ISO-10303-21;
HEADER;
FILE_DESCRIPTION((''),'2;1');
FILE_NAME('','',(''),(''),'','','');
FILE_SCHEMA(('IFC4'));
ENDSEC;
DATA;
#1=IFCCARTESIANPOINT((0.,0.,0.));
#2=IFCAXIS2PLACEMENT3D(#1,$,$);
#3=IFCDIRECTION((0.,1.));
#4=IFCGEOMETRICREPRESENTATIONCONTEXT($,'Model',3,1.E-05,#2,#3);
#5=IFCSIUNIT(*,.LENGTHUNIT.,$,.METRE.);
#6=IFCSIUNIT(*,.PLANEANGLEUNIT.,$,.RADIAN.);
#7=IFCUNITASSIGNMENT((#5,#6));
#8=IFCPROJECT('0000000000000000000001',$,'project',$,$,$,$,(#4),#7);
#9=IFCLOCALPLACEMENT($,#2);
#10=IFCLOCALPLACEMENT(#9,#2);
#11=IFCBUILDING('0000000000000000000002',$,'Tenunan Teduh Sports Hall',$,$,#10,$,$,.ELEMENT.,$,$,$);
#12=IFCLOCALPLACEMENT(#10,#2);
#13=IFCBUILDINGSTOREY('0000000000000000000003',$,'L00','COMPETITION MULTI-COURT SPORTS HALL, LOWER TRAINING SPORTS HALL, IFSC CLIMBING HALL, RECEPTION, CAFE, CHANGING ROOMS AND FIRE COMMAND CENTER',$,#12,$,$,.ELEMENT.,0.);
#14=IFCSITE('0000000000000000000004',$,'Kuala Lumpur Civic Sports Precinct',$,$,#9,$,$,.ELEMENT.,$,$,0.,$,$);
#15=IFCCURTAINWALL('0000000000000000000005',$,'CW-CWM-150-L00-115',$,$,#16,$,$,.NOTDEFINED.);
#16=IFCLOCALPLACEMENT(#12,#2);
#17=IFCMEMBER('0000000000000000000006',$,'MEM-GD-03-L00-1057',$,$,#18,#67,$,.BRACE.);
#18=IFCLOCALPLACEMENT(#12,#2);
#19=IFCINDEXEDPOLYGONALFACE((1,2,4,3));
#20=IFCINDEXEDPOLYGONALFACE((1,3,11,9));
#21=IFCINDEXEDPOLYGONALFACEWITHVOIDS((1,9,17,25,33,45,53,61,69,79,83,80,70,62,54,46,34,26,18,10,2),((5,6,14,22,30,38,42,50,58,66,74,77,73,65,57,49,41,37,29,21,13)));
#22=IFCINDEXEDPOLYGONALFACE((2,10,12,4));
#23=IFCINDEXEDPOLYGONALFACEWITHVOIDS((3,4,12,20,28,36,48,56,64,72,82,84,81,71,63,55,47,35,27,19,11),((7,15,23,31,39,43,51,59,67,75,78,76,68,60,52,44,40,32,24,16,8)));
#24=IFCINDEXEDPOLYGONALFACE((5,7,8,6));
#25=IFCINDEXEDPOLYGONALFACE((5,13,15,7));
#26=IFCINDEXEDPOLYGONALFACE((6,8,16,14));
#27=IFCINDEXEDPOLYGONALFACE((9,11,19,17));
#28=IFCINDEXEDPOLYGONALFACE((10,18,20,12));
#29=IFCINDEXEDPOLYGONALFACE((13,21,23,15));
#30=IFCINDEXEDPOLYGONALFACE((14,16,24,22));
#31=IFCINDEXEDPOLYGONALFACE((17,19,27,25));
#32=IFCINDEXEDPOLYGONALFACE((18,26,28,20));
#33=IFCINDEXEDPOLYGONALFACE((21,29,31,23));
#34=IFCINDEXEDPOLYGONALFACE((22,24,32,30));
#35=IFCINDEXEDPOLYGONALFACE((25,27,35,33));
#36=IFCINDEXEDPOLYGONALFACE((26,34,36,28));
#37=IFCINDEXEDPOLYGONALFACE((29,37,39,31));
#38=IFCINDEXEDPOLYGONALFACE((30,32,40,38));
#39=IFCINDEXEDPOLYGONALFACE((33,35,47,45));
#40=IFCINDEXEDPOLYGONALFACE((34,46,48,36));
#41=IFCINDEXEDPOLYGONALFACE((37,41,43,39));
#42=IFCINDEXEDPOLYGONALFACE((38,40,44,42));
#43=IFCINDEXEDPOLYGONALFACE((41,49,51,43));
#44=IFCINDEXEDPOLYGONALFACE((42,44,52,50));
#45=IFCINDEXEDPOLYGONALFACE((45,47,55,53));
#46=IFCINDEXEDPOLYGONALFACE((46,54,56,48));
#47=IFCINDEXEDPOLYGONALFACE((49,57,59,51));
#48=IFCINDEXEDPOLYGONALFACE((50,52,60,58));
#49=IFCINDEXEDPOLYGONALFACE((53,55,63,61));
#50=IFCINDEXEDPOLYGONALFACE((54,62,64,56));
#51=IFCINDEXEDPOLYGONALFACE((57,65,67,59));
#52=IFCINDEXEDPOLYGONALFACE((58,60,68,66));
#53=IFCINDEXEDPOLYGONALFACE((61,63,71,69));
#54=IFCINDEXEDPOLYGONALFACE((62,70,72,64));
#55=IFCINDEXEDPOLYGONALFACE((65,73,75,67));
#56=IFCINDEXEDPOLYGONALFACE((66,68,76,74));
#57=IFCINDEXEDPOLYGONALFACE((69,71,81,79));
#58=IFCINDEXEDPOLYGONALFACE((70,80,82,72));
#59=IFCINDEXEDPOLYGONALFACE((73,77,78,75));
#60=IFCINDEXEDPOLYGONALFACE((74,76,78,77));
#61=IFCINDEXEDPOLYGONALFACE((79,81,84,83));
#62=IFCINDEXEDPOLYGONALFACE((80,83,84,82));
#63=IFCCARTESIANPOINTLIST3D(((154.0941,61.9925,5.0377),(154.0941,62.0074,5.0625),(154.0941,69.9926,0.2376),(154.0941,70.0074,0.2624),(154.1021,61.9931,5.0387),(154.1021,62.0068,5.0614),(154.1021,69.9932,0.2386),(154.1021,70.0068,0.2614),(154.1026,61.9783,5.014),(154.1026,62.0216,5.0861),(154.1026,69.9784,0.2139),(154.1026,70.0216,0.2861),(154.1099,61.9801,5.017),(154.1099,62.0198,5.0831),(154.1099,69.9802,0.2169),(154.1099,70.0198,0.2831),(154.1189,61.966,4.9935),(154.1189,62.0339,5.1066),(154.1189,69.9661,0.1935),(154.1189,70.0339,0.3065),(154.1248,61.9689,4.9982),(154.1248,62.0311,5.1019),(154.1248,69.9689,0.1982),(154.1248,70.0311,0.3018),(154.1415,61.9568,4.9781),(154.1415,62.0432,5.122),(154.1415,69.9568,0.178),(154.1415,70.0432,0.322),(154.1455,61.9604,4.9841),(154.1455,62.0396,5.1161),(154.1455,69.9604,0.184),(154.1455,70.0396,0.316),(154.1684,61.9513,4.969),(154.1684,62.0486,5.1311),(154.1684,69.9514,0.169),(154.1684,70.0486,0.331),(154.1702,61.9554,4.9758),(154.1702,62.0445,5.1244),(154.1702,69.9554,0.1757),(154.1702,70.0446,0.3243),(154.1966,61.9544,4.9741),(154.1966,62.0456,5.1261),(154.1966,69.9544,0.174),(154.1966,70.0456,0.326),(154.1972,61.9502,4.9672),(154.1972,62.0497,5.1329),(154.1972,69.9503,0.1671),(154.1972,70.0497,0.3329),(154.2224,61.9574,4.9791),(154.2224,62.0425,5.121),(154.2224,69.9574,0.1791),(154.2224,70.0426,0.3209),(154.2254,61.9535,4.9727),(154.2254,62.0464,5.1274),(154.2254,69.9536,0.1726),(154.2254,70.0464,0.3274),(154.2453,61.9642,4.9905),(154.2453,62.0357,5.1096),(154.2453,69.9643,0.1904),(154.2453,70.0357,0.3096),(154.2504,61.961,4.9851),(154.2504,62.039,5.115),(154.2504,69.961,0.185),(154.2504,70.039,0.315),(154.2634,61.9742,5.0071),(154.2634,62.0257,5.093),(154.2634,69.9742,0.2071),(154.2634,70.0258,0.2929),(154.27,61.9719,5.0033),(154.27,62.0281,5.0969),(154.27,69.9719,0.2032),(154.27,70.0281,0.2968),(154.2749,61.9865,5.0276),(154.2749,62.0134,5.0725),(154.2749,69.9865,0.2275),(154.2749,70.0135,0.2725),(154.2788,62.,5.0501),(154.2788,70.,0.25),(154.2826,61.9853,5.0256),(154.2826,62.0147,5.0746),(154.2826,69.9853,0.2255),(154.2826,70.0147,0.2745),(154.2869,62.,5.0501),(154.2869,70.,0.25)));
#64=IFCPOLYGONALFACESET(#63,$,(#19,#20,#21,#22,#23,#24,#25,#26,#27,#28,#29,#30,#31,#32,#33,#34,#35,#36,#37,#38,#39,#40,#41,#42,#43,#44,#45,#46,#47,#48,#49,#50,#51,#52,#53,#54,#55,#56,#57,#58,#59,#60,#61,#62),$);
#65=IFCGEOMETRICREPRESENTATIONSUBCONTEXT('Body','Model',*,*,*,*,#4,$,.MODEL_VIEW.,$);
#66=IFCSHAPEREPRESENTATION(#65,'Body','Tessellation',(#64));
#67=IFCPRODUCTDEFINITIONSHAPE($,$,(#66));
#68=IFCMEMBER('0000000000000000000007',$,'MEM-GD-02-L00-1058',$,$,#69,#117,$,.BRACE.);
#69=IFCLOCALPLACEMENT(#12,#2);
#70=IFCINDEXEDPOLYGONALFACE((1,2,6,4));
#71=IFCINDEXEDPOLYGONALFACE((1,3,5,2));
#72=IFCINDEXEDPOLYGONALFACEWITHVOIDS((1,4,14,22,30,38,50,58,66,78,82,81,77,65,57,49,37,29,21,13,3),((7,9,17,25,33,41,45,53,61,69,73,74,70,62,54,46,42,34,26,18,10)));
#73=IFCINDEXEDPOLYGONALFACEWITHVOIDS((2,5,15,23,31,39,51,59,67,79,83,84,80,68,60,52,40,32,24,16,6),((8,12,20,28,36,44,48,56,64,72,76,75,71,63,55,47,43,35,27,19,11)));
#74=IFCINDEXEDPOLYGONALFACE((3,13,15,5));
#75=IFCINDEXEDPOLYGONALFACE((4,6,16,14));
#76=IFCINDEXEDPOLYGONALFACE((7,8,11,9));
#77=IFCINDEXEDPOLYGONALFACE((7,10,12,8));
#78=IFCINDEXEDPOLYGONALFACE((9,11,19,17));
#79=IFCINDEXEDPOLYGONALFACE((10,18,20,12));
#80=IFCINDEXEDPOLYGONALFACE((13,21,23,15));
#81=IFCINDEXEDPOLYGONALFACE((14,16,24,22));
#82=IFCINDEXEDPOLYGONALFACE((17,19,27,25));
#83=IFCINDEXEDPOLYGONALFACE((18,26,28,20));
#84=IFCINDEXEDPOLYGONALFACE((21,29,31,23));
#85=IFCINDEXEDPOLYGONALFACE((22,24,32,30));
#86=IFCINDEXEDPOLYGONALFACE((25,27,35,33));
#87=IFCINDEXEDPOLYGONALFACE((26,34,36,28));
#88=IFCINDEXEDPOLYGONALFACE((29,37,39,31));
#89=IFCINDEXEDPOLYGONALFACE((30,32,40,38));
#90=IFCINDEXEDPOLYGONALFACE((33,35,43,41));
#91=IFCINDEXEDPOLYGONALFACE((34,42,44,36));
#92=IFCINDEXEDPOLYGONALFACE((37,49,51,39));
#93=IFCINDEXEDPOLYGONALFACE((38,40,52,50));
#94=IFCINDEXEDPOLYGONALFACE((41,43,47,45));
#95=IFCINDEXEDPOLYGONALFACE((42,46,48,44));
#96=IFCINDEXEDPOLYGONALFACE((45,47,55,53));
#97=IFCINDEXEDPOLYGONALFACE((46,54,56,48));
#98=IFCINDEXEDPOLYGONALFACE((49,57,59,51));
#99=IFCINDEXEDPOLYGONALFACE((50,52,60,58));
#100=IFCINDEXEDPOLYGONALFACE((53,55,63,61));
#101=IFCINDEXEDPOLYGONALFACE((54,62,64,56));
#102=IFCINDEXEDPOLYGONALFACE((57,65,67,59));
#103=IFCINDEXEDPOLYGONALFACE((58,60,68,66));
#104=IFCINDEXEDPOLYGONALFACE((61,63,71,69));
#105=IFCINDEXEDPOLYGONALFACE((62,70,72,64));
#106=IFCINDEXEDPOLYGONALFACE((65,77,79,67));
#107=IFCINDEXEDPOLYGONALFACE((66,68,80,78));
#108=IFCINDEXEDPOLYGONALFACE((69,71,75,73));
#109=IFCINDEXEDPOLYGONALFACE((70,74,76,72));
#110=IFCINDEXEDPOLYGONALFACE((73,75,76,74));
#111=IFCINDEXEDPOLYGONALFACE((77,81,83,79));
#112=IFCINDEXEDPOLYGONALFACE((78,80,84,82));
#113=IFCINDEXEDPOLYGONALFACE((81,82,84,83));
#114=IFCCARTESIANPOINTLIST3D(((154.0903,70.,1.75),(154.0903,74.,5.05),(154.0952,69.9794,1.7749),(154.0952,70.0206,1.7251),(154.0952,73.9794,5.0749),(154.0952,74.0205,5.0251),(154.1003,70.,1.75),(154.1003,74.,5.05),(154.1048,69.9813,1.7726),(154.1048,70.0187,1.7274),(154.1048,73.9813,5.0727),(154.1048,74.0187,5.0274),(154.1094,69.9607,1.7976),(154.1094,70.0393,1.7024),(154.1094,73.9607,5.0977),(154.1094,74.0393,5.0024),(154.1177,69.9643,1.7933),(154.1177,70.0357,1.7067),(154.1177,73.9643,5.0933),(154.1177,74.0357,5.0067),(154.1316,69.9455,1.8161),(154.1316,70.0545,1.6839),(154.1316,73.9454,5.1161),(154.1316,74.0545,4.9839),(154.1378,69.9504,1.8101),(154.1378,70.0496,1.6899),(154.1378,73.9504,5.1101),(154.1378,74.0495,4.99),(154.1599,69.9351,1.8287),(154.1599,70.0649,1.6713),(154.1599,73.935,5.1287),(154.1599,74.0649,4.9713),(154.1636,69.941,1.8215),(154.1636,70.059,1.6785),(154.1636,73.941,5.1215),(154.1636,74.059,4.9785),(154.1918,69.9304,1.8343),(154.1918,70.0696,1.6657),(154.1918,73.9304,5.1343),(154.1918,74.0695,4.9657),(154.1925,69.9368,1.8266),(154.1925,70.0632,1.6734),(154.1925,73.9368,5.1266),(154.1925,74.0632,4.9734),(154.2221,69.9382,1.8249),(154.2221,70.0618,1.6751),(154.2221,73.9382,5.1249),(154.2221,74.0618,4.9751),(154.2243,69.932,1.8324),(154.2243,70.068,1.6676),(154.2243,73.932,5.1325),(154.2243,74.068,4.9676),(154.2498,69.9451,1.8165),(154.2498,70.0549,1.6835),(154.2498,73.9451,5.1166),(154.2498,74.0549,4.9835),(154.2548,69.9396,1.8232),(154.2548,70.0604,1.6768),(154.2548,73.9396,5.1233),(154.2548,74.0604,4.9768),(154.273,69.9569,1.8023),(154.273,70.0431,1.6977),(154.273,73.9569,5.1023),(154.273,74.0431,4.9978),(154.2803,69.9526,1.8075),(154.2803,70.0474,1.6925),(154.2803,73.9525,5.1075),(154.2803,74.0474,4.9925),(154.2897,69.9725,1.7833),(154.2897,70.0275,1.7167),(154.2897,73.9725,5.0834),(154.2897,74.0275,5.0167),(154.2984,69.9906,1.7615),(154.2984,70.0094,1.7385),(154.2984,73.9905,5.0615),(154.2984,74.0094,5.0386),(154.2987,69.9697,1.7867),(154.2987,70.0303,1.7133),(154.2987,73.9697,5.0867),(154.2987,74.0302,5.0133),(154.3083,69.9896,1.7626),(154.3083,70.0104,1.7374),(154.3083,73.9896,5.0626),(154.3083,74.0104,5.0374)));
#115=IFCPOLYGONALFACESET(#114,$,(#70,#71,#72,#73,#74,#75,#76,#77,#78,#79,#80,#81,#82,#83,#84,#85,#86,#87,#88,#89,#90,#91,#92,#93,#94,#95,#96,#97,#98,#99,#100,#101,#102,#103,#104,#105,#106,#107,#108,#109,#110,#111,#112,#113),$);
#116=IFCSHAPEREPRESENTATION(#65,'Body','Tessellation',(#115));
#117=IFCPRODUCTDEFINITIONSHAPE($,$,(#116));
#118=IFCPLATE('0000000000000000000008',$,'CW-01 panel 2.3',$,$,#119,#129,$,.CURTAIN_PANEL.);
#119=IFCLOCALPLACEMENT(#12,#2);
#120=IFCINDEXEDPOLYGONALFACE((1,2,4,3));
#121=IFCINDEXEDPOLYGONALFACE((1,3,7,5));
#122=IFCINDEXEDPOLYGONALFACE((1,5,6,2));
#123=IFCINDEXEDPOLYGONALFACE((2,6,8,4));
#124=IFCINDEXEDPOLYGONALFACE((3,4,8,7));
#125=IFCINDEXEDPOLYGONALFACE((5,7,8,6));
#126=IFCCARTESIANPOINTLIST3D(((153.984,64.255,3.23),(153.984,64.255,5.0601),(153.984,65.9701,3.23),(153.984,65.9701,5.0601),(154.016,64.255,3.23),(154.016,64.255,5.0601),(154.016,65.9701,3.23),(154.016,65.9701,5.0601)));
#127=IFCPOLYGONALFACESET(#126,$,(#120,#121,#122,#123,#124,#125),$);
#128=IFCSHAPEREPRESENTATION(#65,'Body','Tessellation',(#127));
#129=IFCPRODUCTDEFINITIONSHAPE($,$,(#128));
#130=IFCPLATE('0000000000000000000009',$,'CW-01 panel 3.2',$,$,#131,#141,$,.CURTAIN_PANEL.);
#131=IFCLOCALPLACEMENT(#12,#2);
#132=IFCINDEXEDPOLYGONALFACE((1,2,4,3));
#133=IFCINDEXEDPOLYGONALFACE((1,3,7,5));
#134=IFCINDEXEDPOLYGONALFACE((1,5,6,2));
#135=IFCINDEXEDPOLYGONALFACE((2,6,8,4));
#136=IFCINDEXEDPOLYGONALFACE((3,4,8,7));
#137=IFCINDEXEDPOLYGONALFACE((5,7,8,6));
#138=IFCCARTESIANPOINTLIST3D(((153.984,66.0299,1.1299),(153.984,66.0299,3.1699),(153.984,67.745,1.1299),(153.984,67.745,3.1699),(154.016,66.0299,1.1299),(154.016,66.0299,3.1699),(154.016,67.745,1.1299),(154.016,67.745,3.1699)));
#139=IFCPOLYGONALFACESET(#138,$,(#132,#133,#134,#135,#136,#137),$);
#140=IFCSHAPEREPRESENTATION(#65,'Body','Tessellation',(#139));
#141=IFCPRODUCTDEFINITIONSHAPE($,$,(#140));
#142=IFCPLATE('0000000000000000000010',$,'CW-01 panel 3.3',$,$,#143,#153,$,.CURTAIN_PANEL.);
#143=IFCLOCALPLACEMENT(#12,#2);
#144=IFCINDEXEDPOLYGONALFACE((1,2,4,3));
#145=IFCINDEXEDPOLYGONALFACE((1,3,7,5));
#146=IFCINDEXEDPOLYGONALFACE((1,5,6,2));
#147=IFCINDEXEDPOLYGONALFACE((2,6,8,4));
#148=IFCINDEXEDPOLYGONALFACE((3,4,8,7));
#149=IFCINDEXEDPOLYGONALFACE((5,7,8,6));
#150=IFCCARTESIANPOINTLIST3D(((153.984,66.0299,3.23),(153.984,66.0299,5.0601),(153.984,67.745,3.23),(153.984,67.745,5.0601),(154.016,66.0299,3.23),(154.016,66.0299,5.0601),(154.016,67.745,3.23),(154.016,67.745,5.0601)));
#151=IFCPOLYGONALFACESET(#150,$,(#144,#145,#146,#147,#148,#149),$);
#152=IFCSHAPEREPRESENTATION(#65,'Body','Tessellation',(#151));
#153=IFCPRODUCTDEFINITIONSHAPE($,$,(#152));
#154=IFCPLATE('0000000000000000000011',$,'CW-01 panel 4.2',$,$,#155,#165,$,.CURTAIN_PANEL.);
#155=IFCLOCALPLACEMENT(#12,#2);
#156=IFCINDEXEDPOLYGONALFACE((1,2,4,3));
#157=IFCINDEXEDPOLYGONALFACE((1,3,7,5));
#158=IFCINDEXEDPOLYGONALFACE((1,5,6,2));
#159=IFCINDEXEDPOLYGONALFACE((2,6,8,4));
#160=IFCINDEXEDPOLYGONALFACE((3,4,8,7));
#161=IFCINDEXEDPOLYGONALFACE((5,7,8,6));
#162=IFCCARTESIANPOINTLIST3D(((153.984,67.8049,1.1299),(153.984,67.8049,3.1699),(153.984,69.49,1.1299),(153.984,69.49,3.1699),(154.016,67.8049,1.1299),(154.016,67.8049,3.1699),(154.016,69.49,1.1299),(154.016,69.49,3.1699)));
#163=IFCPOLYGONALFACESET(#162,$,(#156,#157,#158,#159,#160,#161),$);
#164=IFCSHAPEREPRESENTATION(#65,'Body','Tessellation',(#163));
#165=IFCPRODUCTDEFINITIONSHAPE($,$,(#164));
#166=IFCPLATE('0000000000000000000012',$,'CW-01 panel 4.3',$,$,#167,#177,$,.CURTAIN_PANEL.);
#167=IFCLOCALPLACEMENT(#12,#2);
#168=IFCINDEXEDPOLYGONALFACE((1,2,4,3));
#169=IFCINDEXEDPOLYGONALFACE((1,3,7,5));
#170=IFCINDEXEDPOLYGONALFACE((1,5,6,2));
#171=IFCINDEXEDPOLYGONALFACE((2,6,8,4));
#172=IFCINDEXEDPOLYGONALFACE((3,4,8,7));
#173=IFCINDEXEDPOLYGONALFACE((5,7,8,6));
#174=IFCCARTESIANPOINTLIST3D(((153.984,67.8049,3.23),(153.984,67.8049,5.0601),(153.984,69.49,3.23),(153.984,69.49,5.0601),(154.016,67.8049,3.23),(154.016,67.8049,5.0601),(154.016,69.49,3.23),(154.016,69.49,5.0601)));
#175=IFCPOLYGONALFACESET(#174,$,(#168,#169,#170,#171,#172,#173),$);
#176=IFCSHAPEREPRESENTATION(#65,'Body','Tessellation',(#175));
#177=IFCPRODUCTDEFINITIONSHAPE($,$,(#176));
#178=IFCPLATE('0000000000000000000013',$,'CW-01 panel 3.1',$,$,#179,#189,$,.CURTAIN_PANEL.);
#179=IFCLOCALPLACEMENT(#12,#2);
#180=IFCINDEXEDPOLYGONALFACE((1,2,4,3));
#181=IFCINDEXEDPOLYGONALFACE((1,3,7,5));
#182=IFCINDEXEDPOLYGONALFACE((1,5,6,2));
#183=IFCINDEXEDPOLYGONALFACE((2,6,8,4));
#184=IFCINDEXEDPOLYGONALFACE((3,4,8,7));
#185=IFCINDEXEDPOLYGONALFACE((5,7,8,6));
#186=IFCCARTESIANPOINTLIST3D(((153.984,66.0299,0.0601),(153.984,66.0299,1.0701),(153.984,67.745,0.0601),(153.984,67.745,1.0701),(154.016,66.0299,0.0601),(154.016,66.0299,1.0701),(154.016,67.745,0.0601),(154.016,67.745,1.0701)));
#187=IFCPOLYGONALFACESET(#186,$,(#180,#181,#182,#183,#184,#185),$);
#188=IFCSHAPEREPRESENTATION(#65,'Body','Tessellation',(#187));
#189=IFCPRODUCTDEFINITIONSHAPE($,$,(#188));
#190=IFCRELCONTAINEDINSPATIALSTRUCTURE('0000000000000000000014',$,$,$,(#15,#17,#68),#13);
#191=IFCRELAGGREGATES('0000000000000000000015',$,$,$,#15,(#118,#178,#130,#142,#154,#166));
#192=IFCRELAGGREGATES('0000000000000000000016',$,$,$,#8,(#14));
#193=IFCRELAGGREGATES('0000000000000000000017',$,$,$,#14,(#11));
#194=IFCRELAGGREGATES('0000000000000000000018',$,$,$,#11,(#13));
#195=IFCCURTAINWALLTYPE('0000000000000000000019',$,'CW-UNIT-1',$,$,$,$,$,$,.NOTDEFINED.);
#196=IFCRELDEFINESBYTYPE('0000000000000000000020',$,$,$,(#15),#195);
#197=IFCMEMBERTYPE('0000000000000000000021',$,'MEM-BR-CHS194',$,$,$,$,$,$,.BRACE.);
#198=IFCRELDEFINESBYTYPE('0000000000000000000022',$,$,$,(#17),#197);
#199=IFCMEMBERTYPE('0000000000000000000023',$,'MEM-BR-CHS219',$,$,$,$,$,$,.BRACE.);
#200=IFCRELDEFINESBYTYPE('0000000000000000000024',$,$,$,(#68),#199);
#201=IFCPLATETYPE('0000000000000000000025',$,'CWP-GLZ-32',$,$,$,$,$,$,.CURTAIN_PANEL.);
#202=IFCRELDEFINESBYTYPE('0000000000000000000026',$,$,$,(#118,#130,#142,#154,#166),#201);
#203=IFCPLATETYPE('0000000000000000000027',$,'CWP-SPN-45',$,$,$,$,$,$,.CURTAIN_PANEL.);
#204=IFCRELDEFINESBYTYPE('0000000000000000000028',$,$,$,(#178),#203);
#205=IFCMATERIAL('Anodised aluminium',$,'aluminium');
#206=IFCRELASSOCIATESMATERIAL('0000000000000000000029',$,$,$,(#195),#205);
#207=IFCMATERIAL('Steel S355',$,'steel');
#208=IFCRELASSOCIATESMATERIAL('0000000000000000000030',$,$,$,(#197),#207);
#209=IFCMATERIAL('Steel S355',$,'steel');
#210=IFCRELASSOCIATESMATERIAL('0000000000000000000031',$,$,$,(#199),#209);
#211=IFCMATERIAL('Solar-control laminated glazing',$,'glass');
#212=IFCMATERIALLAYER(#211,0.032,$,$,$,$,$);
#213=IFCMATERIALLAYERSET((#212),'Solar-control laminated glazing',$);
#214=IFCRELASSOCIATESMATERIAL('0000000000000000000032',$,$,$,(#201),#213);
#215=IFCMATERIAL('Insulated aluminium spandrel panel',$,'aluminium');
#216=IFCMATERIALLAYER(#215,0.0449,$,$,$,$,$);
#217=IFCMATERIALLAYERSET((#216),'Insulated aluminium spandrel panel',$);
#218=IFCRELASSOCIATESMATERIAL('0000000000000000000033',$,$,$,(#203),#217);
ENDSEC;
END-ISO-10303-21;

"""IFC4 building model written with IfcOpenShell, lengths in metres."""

from ifc_helpers import new_model, si_unit, direction, frame, origin, origin_2d, place, context, subcontext, project, spatial, rectangle, hollow_circle, extrude, material, layer, layer_set, material_profile, profile_set, type_object, element, aggregate, save


model = new_model("IFC4")

# Units and contexts
model_context = context("Model", 3, precision=1e-05, world=origin(), true_north=direction((0.0, 1.0)))
body_context = subcontext(model_context, "Body", "Model", "MODEL_VIEW")
ifc_project = project(units=[si_unit("LENGTHUNIT", "METRE"), si_unit("PLANEANGLEUNIT", "RADIAN")], contexts=[model_context])

# Site, building, storey
site_placement = place(None, origin())
site = spatial("IfcSite", under=ifc_project, at=site_placement, Name="Kuala Lumpur Civic Sports Precinct", CompositionType="ELEMENT", RefElevation=0.0)
building_placement = place(site_placement, origin())
building = spatial("IfcBuilding", under=site, at=building_placement, Name="Tenunan Teduh Sports Hall", CompositionType="ELEMENT")
storey_placement = place(building_placement, origin())
storey = spatial("IfcBuildingStorey", under=building, at=storey_placement, Name="L00", Description="COMPETITION MULTI-COURT SPORTS HALL, LOWER TRAINING SPORTS HALL, IFSC CLIMBING HALL, RECEPTION, CAFE, CHANGING ROOMS AND FIRE COMMAND CENTER", CompositionType="ELEMENT", Elevation=0.0)

# Curtain wall
ifc_material_1 = material(Name="Anodised aluminium", Category="aluminium")
curtain_wall_type = type_object("IfcCurtainWallType", Name="CW-UNIT-1", PredefinedType="NOTDEFINED", material=ifc_material_1)
curtain_wall_placement = place(storey_placement, origin())
curtain_wall = element("IfcCurtainWall", 1, at=curtain_wall_placement, inside=storey, type_object=curtain_wall_type, Name="CW-CWM-150-L00-115", PredefinedType="NOTDEFINED")

# Members
ifc_material_2 = material(Name="Steel S355", Category="steel")
ifc_material_profile_1 = material_profile(ifc_material_2, hollow_circle(Radius=0.0969, WallThickness=0.0081, at=origin_2d()), Name="CHS 193.7x8.0")
ifc_profile_set_1 = profile_set([ifc_material_profile_1], Name="Steel S355")
member_type_1 = type_object("IfcMemberType", Name="MEM-BR-CHS194", PredefinedType="BRACE", material=ifc_profile_set_1)
member_1_placement = place(storey_placement, frame((154.1899, 70.0, 0.25), z_axis=(0.0, -0.857491, 0.5145), x_axis=(1.0, 0.0, 0.0)))
element("IfcMember", 2, at=member_1_placement, inside=storey, type_object=member_type_1, Name="MEM-GD-03-L00-1057", PredefinedType="BRACE", context=body_context, shape_type="SweptSolid", body=[
    extrude(hollow_circle(Radius=0.0969, WallThickness=0.0081, at=origin_2d()), origin(), (0.0, 0.0, 1.0), 9.3296),
])
ifc_material_3 = material(Name="Steel S355", Category="steel")
ifc_material_profile_2 = material_profile(ifc_material_3, hollow_circle(Radius=0.1096, WallThickness=0.01, at=origin_2d()), Name="CHS 219.1x10.0")
ifc_profile_set_2 = profile_set([ifc_material_profile_2], Name="Steel S355")
member_type_2 = type_object("IfcMemberType", Name="MEM-BR-CHS219", PredefinedType="BRACE", material=ifc_profile_set_2)
member_2_placement = place(storey_placement, frame((154.2, 70.0, 1.75), z_axis=(0.0, 0.771369, 0.636389), x_axis=(-1.0, 0.0, 0.0)))
element("IfcMember", 3, at=member_2_placement, inside=storey, type_object=member_type_2, Name="MEM-GD-02-L00-1058", PredefinedType="BRACE", context=body_context, shape_type="SweptSolid", body=[
    extrude(hollow_circle(Radius=0.1096, WallThickness=0.01, at=origin_2d()), origin(), (0.0, 0.0, 1.0), 5.1855),
])

# Plates
ifc_material_4 = material(Name="Solar-control laminated glazing", Category="glass")
ifc_layer_1 = layer(ifc_material_4, 0.032)
ifc_layer_set_1 = layer_set([ifc_layer_1], Name="Solar-control laminated glazing")
plate_type_1 = type_object("IfcPlateType", Name="CWP-GLZ-32", PredefinedType="CURTAIN_PANEL", material=ifc_layer_set_1)
plate_1_placement = place(storey_placement, frame((154.0, 65.1125, 3.23), z_axis=(0.0, 0.0, 1.0), x_axis=(0.0, 1.0, 0.0)))
plate_1 = element("IfcPlate", 4, at=plate_1_placement, type_object=plate_type_1, Name="CW-01 panel 2.3", PredefinedType="CURTAIN_PANEL", context=body_context, shape_type="SweptSolid", body=[
    extrude(rectangle(XDim=1.7151, YDim=0.032, at=origin_2d()), origin(), (0.0, 0.0, 1.0), 1.8301),
])
plate_2_placement = place(storey_placement, frame((154.0, 66.8875, 1.1299), z_axis=(0.0, 0.0, 1.0), x_axis=(0.0, 1.0, 0.0)))
plate_2 = element("IfcPlate", 5, at=plate_2_placement, type_object=plate_type_1, Name="CW-01 panel 3.2", PredefinedType="CURTAIN_PANEL", context=body_context, shape_type="SweptSolid", body=[
    extrude(rectangle(XDim=1.7151, YDim=0.032, at=origin_2d()), origin(), (0.0, 0.0, 1.0), 2.04),
])
plate_3_placement = place(storey_placement, frame((154.0, 66.8875, 3.23), z_axis=(0.0, 0.0, 1.0), x_axis=(0.0, 1.0, 0.0)))
plate_3 = element("IfcPlate", 6, at=plate_3_placement, type_object=plate_type_1, Name="CW-01 panel 3.3", PredefinedType="CURTAIN_PANEL", context=body_context, shape_type="SweptSolid", body=[
    extrude(rectangle(XDim=1.7151, YDim=0.032, at=origin_2d()), origin(), (0.0, 0.0, 1.0), 1.8301),
])
plate_4_placement = place(storey_placement, frame((154.0, 68.6475, 1.1299), z_axis=(0.0, 0.0, 1.0), x_axis=(0.0, 1.0, 0.0)))
plate_4 = element("IfcPlate", 7, at=plate_4_placement, type_object=plate_type_1, Name="CW-01 panel 4.2", PredefinedType="CURTAIN_PANEL", context=body_context, shape_type="SweptSolid", body=[
    extrude(rectangle(XDim=1.6851, YDim=0.032, at=origin_2d()), origin(), (0.0, 0.0, 1.0), 2.04),
])
plate_5_placement = place(storey_placement, frame((154.0, 68.6475, 3.23), z_axis=(0.0, 0.0, 1.0), x_axis=(0.0, 1.0, 0.0)))
plate_5 = element("IfcPlate", 8, at=plate_5_placement, type_object=plate_type_1, Name="CW-01 panel 4.3", PredefinedType="CURTAIN_PANEL", context=body_context, shape_type="SweptSolid", body=[
    extrude(rectangle(XDim=1.6851, YDim=0.032, at=origin_2d()), origin(), (0.0, 0.0, 1.0), 1.8301),
])
ifc_material_5 = material(Name="Insulated aluminium spandrel panel", Category="aluminium")
ifc_layer_2 = layer(ifc_material_5, 0.0449)
ifc_layer_set_2 = layer_set([ifc_layer_2], Name="Insulated aluminium spandrel panel")
plate_type_2 = type_object("IfcPlateType", Name="CWP-SPN-45", PredefinedType="CURTAIN_PANEL", material=ifc_layer_set_2)
plate_6_placement = place(storey_placement, frame((154.0, 66.8875, 0.0601), z_axis=(0.0, 0.0, 1.0), x_axis=(0.0, 1.0, 0.0)))
plate_6 = element("IfcPlate", 9, at=plate_6_placement, type_object=plate_type_2, Name="CW-01 panel 3.1", PredefinedType="CURTAIN_PANEL", context=body_context, shape_type="SweptSolid", body=[
    extrude(rectangle(XDim=1.7151, YDim=0.032, at=origin_2d()), origin(), (0.0, 0.0, 1.0), 1.01),
])
aggregate(curtain_wall, [plate_1, plate_6, plate_2, plate_3, plate_4, plate_5])

save(model, "model.ifc")
